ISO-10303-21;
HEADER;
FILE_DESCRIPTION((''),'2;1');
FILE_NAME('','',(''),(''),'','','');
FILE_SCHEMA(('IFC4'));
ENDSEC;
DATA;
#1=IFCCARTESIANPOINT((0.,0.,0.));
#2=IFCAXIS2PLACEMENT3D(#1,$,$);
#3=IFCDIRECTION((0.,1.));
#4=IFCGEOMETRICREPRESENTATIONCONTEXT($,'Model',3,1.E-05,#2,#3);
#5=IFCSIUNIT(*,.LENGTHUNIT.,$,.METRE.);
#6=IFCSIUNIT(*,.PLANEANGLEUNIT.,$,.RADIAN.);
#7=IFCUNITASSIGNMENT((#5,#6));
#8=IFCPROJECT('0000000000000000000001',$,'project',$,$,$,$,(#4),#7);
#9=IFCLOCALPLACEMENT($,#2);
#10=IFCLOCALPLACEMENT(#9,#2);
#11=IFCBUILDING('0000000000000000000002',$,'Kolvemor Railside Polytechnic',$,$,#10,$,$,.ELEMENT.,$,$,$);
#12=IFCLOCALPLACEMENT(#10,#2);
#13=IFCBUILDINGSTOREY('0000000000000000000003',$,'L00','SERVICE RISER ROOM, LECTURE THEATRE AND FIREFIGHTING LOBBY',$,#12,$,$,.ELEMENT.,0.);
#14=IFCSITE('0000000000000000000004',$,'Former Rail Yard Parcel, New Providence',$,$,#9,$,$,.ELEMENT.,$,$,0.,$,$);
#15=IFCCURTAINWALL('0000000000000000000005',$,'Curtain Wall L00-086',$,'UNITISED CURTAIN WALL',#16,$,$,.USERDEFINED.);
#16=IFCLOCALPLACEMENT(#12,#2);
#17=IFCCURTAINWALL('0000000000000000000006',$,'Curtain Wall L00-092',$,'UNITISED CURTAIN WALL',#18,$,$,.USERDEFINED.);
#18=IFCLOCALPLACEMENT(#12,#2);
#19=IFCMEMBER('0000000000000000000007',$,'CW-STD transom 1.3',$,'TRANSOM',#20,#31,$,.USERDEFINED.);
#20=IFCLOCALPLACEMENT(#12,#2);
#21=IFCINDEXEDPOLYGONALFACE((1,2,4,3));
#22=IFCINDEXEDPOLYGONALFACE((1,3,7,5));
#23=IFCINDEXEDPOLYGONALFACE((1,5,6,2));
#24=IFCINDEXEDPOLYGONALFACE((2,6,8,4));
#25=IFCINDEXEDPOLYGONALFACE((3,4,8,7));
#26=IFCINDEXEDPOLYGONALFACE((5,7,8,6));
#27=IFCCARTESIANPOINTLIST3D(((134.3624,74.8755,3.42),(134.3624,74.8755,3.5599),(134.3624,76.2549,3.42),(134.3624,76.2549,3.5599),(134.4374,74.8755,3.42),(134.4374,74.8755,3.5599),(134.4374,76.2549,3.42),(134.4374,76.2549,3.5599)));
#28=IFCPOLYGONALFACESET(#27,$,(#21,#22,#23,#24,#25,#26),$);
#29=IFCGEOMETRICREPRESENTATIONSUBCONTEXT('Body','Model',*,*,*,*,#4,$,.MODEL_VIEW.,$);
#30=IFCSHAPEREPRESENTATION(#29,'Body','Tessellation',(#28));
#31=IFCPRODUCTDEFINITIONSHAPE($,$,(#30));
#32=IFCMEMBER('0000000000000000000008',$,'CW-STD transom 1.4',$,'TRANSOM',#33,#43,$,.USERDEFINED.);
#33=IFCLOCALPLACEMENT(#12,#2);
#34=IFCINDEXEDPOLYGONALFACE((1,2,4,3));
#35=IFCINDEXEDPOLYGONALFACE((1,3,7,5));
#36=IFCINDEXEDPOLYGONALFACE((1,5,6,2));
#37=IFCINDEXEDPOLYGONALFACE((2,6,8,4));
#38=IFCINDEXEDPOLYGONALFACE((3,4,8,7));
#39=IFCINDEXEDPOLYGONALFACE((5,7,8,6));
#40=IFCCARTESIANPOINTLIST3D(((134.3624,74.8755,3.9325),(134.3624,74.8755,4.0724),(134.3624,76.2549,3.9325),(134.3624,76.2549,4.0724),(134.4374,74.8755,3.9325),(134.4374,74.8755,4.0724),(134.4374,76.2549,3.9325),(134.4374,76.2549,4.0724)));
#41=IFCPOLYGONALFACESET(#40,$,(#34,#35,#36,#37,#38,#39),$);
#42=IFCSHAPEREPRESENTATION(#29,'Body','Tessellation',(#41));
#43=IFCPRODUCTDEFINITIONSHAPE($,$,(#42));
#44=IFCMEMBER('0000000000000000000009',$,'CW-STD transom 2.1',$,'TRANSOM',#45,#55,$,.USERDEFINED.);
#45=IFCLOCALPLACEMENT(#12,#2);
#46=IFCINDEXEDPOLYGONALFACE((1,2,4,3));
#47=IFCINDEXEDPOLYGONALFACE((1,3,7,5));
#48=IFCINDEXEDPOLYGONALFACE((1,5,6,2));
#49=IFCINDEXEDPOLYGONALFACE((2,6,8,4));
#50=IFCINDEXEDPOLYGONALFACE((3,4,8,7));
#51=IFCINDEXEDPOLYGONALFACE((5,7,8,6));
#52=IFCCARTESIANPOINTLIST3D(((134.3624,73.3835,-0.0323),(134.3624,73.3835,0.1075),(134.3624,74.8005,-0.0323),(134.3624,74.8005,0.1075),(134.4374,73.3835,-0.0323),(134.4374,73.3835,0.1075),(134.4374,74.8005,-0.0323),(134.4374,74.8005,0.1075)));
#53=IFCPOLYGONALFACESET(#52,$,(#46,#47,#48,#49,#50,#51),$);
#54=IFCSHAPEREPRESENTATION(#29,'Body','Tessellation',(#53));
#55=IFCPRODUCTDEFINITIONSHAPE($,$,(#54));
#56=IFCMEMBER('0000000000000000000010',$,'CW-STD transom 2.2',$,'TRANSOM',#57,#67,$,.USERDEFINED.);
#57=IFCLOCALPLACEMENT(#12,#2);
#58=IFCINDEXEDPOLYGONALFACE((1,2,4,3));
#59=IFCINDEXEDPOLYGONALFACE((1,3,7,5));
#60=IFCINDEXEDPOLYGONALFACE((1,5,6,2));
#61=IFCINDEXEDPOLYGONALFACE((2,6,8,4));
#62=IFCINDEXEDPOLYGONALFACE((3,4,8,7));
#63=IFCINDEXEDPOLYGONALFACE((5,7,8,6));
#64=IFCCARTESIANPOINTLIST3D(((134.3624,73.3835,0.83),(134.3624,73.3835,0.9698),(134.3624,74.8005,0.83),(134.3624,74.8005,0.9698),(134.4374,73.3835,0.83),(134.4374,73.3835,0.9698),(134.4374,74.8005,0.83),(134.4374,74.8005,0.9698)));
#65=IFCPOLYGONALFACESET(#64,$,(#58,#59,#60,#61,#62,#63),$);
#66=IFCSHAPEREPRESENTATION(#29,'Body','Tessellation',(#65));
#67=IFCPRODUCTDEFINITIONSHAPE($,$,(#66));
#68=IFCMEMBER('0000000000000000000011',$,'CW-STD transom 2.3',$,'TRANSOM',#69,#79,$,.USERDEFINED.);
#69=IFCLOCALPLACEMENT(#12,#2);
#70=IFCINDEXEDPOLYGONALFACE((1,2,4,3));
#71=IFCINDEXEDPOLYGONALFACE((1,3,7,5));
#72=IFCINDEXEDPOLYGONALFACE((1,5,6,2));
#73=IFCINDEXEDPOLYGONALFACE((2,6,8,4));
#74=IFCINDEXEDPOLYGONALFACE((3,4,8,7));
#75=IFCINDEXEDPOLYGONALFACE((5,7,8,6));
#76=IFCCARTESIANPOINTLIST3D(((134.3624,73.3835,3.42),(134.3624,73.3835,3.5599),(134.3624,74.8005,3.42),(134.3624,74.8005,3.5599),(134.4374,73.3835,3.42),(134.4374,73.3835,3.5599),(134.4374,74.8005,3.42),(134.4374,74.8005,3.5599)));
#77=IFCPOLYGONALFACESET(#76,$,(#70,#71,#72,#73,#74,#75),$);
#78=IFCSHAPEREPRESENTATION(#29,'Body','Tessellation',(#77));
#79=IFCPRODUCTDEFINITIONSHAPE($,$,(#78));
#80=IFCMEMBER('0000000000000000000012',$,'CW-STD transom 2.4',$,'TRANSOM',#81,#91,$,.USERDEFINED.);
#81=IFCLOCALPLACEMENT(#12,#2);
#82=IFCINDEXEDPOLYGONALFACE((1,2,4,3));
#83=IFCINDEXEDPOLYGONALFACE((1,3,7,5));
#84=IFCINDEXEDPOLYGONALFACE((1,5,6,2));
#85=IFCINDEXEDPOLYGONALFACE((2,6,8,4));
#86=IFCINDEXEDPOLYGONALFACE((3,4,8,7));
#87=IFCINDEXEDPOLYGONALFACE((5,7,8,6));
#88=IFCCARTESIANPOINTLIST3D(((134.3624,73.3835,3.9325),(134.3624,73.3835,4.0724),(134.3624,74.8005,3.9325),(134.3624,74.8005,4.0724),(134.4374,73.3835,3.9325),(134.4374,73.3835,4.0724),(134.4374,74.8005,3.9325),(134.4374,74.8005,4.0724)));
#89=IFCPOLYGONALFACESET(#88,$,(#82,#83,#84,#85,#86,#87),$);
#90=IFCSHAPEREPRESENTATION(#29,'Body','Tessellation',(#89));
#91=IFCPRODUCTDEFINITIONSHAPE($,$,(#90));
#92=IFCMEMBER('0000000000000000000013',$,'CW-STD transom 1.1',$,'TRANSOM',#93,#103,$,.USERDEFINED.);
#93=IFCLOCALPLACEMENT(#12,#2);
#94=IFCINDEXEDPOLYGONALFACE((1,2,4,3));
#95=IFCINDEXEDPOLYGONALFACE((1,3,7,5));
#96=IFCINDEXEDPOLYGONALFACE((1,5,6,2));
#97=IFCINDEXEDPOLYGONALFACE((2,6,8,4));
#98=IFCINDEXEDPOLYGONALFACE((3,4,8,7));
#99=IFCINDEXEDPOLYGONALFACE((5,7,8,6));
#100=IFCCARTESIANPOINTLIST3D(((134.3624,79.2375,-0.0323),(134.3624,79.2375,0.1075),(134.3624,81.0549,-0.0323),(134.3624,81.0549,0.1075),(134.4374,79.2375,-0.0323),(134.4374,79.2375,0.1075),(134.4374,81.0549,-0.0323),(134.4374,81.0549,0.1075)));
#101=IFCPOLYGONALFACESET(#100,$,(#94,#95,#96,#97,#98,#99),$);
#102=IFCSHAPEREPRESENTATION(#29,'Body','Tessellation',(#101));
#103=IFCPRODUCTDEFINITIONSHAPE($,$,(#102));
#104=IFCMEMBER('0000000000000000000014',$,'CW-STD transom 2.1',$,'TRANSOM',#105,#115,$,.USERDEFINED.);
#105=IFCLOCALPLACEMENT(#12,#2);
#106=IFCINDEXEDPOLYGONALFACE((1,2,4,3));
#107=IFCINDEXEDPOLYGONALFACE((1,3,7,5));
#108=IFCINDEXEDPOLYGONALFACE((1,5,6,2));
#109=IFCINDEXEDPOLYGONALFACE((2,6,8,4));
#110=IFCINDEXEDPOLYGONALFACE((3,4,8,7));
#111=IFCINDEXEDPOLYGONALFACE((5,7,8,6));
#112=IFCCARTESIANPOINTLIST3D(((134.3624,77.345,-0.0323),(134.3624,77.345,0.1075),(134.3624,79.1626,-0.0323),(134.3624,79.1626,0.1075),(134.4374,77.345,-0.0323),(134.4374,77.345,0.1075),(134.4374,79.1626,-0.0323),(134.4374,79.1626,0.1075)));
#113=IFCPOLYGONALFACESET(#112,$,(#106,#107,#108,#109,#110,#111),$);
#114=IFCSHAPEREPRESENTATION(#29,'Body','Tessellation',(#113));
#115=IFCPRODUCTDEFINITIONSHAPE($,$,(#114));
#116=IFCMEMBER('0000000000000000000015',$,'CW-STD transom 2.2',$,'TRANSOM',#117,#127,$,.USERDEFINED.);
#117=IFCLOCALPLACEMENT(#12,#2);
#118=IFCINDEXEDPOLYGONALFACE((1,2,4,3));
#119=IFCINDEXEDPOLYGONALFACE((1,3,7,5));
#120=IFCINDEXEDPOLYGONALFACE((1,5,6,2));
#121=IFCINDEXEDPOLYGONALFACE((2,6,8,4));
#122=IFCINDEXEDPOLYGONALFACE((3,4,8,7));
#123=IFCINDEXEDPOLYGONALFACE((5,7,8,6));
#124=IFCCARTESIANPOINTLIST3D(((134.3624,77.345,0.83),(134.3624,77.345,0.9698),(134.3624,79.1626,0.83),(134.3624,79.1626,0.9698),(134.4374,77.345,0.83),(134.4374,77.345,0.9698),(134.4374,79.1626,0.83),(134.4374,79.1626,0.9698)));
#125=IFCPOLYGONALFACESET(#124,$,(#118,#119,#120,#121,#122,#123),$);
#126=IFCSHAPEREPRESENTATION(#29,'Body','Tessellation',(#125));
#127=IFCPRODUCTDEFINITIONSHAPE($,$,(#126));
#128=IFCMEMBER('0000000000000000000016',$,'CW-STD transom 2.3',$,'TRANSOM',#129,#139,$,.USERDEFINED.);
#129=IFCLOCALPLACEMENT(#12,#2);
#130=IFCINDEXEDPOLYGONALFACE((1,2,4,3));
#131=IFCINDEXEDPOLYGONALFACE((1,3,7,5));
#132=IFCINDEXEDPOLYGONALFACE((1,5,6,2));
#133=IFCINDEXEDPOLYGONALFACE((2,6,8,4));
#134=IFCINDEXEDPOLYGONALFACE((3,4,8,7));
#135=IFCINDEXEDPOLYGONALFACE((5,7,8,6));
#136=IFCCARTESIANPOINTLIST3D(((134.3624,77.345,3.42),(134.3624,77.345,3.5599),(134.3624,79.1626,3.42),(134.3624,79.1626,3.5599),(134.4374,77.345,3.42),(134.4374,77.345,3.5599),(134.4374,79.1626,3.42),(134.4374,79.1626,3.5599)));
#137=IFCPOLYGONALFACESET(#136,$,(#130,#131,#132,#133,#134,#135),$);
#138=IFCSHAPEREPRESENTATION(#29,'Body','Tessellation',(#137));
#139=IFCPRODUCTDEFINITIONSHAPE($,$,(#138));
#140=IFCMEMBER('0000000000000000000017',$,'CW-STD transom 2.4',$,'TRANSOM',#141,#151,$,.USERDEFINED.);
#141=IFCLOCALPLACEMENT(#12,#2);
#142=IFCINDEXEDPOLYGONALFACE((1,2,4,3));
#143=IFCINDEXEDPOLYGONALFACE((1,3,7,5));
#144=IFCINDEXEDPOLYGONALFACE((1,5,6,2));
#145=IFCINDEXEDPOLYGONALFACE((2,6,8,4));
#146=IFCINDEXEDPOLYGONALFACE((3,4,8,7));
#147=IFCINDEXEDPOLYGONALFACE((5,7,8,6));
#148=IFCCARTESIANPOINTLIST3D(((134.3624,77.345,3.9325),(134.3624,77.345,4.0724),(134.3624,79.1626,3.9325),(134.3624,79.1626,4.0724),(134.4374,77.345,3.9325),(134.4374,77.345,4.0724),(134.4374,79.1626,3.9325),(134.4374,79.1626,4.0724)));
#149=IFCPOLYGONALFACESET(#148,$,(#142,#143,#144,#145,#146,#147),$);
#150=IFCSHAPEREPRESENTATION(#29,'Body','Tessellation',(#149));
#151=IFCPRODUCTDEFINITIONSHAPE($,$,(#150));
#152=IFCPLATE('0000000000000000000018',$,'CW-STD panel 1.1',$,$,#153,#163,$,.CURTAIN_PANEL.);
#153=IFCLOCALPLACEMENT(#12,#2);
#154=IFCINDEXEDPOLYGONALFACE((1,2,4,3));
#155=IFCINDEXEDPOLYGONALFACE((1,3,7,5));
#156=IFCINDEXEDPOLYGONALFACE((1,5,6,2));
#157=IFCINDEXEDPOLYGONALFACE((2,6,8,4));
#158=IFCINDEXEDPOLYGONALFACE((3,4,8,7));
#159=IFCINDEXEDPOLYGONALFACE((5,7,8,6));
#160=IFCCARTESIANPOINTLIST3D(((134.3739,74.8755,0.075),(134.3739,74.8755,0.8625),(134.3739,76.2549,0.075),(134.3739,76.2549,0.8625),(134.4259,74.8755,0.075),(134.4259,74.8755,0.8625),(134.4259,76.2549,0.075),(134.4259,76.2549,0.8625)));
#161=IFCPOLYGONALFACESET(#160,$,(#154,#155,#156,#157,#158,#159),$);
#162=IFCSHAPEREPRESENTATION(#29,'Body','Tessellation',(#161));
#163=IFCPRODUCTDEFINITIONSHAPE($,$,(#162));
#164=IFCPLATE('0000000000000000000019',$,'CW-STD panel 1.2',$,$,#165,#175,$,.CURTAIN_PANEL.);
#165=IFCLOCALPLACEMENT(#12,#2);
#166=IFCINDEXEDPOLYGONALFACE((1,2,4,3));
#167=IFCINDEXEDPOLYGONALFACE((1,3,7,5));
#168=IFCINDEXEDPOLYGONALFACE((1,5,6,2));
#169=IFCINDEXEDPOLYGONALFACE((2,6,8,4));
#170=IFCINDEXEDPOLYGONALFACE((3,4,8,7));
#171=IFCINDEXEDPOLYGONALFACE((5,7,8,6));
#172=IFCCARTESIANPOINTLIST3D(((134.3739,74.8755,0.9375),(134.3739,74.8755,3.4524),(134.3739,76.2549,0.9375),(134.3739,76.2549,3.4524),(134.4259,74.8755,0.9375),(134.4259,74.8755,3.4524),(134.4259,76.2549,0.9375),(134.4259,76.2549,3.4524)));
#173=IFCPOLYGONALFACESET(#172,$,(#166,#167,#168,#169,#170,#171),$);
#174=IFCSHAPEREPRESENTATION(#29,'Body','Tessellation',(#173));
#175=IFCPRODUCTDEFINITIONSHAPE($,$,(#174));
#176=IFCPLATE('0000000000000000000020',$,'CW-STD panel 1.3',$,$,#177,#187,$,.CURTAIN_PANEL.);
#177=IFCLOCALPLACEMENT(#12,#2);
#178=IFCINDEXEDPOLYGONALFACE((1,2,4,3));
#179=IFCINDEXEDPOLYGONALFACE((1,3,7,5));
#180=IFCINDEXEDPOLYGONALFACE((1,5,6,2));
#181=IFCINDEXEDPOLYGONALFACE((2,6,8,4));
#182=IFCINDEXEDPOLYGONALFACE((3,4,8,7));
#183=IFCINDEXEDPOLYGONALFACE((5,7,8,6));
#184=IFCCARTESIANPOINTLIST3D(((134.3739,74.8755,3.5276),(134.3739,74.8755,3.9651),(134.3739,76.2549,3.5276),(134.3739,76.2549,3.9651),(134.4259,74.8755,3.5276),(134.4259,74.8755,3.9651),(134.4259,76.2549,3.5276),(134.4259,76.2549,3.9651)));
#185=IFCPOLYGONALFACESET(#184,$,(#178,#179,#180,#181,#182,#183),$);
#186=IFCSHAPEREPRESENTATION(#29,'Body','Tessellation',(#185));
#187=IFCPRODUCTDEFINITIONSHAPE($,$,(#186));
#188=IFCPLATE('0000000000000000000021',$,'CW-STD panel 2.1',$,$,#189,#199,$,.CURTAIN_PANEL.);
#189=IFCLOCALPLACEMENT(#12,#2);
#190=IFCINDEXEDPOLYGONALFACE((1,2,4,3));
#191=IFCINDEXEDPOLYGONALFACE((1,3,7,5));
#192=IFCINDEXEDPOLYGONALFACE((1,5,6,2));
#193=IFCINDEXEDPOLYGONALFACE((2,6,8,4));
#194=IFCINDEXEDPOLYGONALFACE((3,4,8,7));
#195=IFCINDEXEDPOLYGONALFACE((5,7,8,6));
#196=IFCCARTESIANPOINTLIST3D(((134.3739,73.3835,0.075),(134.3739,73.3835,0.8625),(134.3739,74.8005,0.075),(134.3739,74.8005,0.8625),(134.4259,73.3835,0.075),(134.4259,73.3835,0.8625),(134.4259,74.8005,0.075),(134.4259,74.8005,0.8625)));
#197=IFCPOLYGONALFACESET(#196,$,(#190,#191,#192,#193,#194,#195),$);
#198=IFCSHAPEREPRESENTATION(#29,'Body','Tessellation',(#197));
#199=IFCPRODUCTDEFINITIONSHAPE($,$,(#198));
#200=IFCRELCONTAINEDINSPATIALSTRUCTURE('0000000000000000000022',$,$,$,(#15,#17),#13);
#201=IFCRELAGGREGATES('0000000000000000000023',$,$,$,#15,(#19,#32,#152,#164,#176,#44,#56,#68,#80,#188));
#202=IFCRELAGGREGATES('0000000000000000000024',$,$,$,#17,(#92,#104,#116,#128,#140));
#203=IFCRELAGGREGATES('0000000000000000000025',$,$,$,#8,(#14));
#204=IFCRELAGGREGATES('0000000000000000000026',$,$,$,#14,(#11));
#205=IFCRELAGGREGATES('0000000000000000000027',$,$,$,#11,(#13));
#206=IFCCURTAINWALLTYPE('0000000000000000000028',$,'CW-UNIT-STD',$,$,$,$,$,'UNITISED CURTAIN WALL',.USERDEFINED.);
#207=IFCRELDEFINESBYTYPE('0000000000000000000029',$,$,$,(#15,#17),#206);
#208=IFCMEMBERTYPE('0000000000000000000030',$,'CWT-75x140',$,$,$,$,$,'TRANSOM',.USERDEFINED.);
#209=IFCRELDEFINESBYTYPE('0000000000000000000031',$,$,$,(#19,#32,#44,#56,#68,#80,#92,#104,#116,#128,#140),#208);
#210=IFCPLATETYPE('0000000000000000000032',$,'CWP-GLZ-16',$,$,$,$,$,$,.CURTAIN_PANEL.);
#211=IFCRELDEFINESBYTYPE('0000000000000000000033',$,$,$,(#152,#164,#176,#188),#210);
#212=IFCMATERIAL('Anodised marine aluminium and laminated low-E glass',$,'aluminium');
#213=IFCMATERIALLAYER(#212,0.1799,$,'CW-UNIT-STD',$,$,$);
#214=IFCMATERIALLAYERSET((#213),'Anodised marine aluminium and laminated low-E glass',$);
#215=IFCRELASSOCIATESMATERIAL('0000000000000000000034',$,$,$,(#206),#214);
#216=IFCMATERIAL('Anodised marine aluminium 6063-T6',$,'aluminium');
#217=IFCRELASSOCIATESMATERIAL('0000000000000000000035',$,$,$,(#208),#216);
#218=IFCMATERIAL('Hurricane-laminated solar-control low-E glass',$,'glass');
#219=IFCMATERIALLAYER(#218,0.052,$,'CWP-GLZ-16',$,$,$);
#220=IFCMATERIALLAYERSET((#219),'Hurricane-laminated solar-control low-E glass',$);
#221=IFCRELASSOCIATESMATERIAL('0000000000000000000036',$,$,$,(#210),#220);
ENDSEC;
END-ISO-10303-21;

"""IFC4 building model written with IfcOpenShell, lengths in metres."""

from ifc_helpers import new_model, si_unit, direction, frame, origin, origin_2d, place, context, subcontext, project, spatial, rectangle, extrude, material, layer, layer_set, material_profile, profile_set, type_object, element, aggregate, save


model = new_model("IFC4")

# Units and contexts
model_context = context("Model", 3, precision=1e-05, world=origin(), true_north=direction((0.0, 1.0)))
body_context = subcontext(model_context, "Body", "Model", "MODEL_VIEW")
ifc_project = project(units=[si_unit("LENGTHUNIT", "METRE"), si_unit("PLANEANGLEUNIT", "RADIAN")], contexts=[model_context])

# Site, building, storey
site_placement = place(None, origin())
site = spatial("IfcSite", under=ifc_project, at=site_placement, Name="Former Rail Yard Parcel, New Providence", CompositionType="ELEMENT", RefElevation=0.0)
building_placement = place(site_placement, origin())
building = spatial("IfcBuilding", under=site, at=building_placement, Name="Kolvemor Railside Polytechnic", CompositionType="ELEMENT")
storey_placement = place(building_placement, origin())
storey = spatial("IfcBuildingStorey", under=building, at=storey_placement, Name="L00", Description="SERVICE RISER ROOM, LECTURE THEATRE AND FIREFIGHTING LOBBY", CompositionType="ELEMENT", Elevation=0.0)

# Curtain walls
ifc_material_1 = material(Name="Anodised marine aluminium and laminated low-E glass", Category="aluminium")
ifc_layer_1 = layer(ifc_material_1, 0.1799, Name="CW-UNIT-STD")
ifc_layer_set_1 = layer_set([ifc_layer_1], Name="Anodised marine aluminium and laminated low-E glass")
curtain_wall_type = type_object("IfcCurtainWallType", Name="CW-UNIT-STD", ElementType="UNITISED CURTAIN WALL", PredefinedType="USERDEFINED", material=ifc_layer_set_1)
curtain_wall_1_placement = place(storey_placement, origin())
curtain_wall_1 = element("IfcCurtainWall", 1, at=curtain_wall_1_placement, inside=storey, type_object=curtain_wall_type, Name="Curtain Wall L00-086", ObjectType="UNITISED CURTAIN WALL", PredefinedType="USERDEFINED")
curtain_wall_2_placement = place(storey_placement, origin())
curtain_wall_2 = element("IfcCurtainWall", 2, at=curtain_wall_2_placement, inside=storey, type_object=curtain_wall_type, Name="Curtain Wall L00-092", ObjectType="UNITISED CURTAIN WALL", PredefinedType="USERDEFINED")

# Members
ifc_material_2 = material(Name="Anodised marine aluminium 6063-T6", Category="aluminium")
ifc_material_profile_1 = material_profile(ifc_material_2, rectangle(XDim=0.075, YDim=0.1399, at=origin_2d()), Name="CW-TRN-75x140")
ifc_profile_set_1 = profile_set([ifc_material_profile_1], Name="Anodised marine aluminium 6063-T6")
member_type_1 = type_object("IfcMemberType", Name="CWT-75x140", ElementType="TRANSOM", PredefinedType="USERDEFINED", material=ifc_profile_set_1)
member_1_placement = place(storey_placement, frame((134.3999, 76.2549, 3.49), z_axis=(0.0, -1.0, 0.0), x_axis=(1.0, 0.0, 0.0)))
member_1 = element("IfcMember", 3, at=member_1_placement, type_object=member_type_1, Name="CW-STD transom 1.3", ObjectType="TRANSOM", PredefinedType="USERDEFINED", context=body_context, shape_type="SweptSolid", body=[
    extrude(rectangle(XDim=0.075, YDim=0.1399, at=origin_2d()), origin(), (0.0, 0.0, 1.0), 1.3794),
])
member_2_placement = place(storey_placement, frame((134.3999, 76.2549, 4.0024), z_axis=(0.0, -1.0, 0.0), x_axis=(1.0, 0.0, 0.0)))
member_2 = element("IfcMember", 4, at=member_2_placement, type_object=member_type_1, Name="CW-STD transom 1.4", ObjectType="TRANSOM", PredefinedType="USERDEFINED", context=body_context, shape_type="SweptSolid", body=[
    extrude(rectangle(XDim=0.075, YDim=0.1399, at=origin_2d()), origin(), (0.0, 0.0, 1.0), 1.3794),
])
member_3_placement = place(storey_placement, frame((134.3999, 74.8005, 0.0376), z_axis=(0.0, -1.0, 0.0), x_axis=(1.0, 0.0, 0.0)))
member_3 = element("IfcMember", 5, at=member_3_placement, type_object=member_type_1, Name="CW-STD transom 2.1", ObjectType="TRANSOM", PredefinedType="USERDEFINED", context=body_context, shape_type="SweptSolid", body=[
    extrude(rectangle(XDim=0.075, YDim=0.1399, at=origin_2d()), origin(), (0.0, 0.0, 1.0), 1.417),
])
member_4_placement = place(storey_placement, frame((134.3999, 74.8005, 0.8999), z_axis=(0.0, -1.0, 0.0), x_axis=(1.0, 0.0, 0.0)))
member_4 = element("IfcMember", 6, at=member_4_placement, type_object=member_type_1, Name="CW-STD transom 2.2", ObjectType="TRANSOM", PredefinedType="USERDEFINED", context=body_context, shape_type="SweptSolid", body=[
    extrude(rectangle(XDim=0.075, YDim=0.1399, at=origin_2d()), origin(), (0.0, 0.0, 1.0), 1.417),
])
member_5_placement = place(storey_placement, frame((134.3999, 74.8005, 3.49), z_axis=(0.0, -1.0, 0.0), x_axis=(1.0, 0.0, 0.0)))
member_5 = element("IfcMember", 7, at=member_5_placement, type_object=member_type_1, Name="CW-STD transom 2.3", ObjectType="TRANSOM", PredefinedType="USERDEFINED", context=body_context, shape_type="SweptSolid", body=[
    extrude(rectangle(XDim=0.075, YDim=0.1399, at=origin_2d()), origin(), (0.0, 0.0, 1.0), 1.417),
])
member_6_placement = place(storey_placement, frame((134.3999, 74.8005, 4.0024), z_axis=(0.0, -1.0, 0.0), x_axis=(1.0, 0.0, 0.0)))
member_6 = element("IfcMember", 8, at=member_6_placement, type_object=member_type_1, Name="CW-STD transom 2.4", ObjectType="TRANSOM", PredefinedType="USERDEFINED", context=body_context, shape_type="SweptSolid", body=[
    extrude(rectangle(XDim=0.075, YDim=0.1399, at=origin_2d()), origin(), (0.0, 0.0, 1.0), 1.417),
])
member_7_placement = place(storey_placement, frame((134.3999, 81.0549, 0.0376), z_axis=(0.0, -1.0, 0.0), x_axis=(1.0, 0.0, 0.0)))
member_7 = element("IfcMember", 9, at=member_7_placement, type_object=member_type_1, Name="CW-STD transom 1.1", ObjectType="TRANSOM", PredefinedType="USERDEFINED", context=body_context, shape_type="SweptSolid", body=[
    extrude(rectangle(XDim=0.075, YDim=0.1399, at=origin_2d()), origin(), (0.0, 0.0, 1.0), 1.8174),
])
member_8_placement = place(storey_placement, frame((134.3999, 79.1626, 0.0376), z_axis=(0.0, -1.0, 0.0), x_axis=(1.0, 0.0, 0.0)))
member_8 = element("IfcMember", 10, at=member_8_placement, type_object=member_type_1, Name="CW-STD transom 2.1", ObjectType="TRANSOM", PredefinedType="USERDEFINED", context=body_context, shape_type="SweptSolid", body=[
    extrude(rectangle(XDim=0.075, YDim=0.1399, at=origin_2d()), origin(), (0.0, 0.0, 1.0), 1.8176),
])
member_9_placement = place(storey_placement, frame((134.3999, 79.1626, 0.8999), z_axis=(0.0, -1.0, 0.0), x_axis=(1.0, 0.0, 0.0)))
member_9 = element("IfcMember", 11, at=member_9_placement, type_object=member_type_1, Name="CW-STD transom 2.2", ObjectType="TRANSOM", PredefinedType="USERDEFINED", context=body_context, shape_type="SweptSolid", body=[
    extrude(rectangle(XDim=0.075, YDim=0.1399, at=origin_2d()), origin(), (0.0, 0.0, 1.0), 1.8176),
])
member_10_placement = place(storey_placement, frame((134.3999, 79.1626, 3.49), z_axis=(0.0, -1.0, 0.0), x_axis=(1.0, 0.0, 0.0)))
member_10 = element("IfcMember", 12, at=member_10_placement, type_object=member_type_1, Name="CW-STD transom 2.3", ObjectType="TRANSOM", PredefinedType="USERDEFINED", context=body_context, shape_type="SweptSolid", body=[
    extrude(rectangle(XDim=0.075, YDim=0.1399, at=origin_2d()), origin(), (0.0, 0.0, 1.0), 1.8176),
])
member_11_placement = place(storey_placement, frame((134.3999, 79.1626, 4.0024), z_axis=(0.0, -1.0, 0.0), x_axis=(1.0, 0.0, 0.0)))
member_11 = element("IfcMember", 13, at=member_11_placement, type_object=member_type_1, Name="CW-STD transom 2.4", ObjectType="TRANSOM", PredefinedType="USERDEFINED", context=body_context, shape_type="SweptSolid", body=[
    extrude(rectangle(XDim=0.075, YDim=0.1399, at=origin_2d()), origin(), (0.0, 0.0, 1.0), 1.8176),
])

# Plates
ifc_material_3 = material(Name="Hurricane-laminated solar-control low-E glass", Category="glass")
ifc_layer_2 = layer(ifc_material_3, 0.052, Name="CWP-GLZ-16")
ifc_layer_set_2 = layer_set([ifc_layer_2], Name="Hurricane-laminated solar-control low-E glass")
plate_type_1 = type_object("IfcPlateType", Name="CWP-GLZ-16", PredefinedType="CURTAIN_PANEL", material=ifc_layer_set_2)
plate_1_placement = place(storey_placement, frame((134.3999, 75.5652, 0.075), z_axis=(0.0, 0.0, 1.0), x_axis=(0.0, -1.0, 0.0)))
plate_1 = element("IfcPlate", 14, at=plate_1_placement, type_object=plate_type_1, Name="CW-STD panel 1.1", PredefinedType="CURTAIN_PANEL", context=body_context, shape_type="SweptSolid", body=[
    extrude(rectangle(XDim=1.3794, YDim=0.052, at=origin_2d()), origin(), (0.0, 0.0, 1.0), 0.7876),
])
plate_2_placement = place(storey_placement, frame((134.3999, 75.5652, 0.9375), z_axis=(0.0, 0.0, 1.0), x_axis=(0.0, -1.0, 0.0)))
plate_2 = element("IfcPlate", 15, at=plate_2_placement, type_object=plate_type_1, Name="CW-STD panel 1.2", PredefinedType="CURTAIN_PANEL", context=body_context, shape_type="SweptSolid", body=[
    extrude(rectangle(XDim=1.3794, YDim=0.052, at=origin_2d()), origin(), (0.0, 0.0, 1.0), 2.5149),
])
plate_3_placement = place(storey_placement, frame((134.3999, 75.5652, 3.5276), z_axis=(0.0, 0.0, 1.0), x_axis=(0.0, -1.0, 0.0)))
plate_3 = element("IfcPlate", 16, at=plate_3_placement, type_object=plate_type_1, Name="CW-STD panel 1.3", PredefinedType="CURTAIN_PANEL", context=body_context, shape_type="SweptSolid", body=[
    extrude(rectangle(XDim=1.3794, YDim=0.052, at=origin_2d()), origin(), (0.0, 0.0, 1.0), 0.4375),
])
plate_4_placement = place(storey_placement, frame((134.3999, 74.092, 0.075), z_axis=(0.0, 0.0, 1.0), x_axis=(0.0, -1.0, 0.0)))
plate_4 = element("IfcPlate", 17, at=plate_4_placement, type_object=plate_type_1, Name="CW-STD panel 2.1", PredefinedType="CURTAIN_PANEL", context=body_context, shape_type="SweptSolid", body=[
    extrude(rectangle(XDim=1.417, YDim=0.052, at=origin_2d()), origin(), (0.0, 0.0, 1.0), 0.7876),
])
aggregate(curtain_wall_1, [member_1, member_2, plate_1, plate_2, plate_3, member_3, member_4, member_5, member_6, plate_4])
aggregate(curtain_wall_2, [member_7, member_8, member_9, member_10, member_11])

save(model, "model.ifc")
